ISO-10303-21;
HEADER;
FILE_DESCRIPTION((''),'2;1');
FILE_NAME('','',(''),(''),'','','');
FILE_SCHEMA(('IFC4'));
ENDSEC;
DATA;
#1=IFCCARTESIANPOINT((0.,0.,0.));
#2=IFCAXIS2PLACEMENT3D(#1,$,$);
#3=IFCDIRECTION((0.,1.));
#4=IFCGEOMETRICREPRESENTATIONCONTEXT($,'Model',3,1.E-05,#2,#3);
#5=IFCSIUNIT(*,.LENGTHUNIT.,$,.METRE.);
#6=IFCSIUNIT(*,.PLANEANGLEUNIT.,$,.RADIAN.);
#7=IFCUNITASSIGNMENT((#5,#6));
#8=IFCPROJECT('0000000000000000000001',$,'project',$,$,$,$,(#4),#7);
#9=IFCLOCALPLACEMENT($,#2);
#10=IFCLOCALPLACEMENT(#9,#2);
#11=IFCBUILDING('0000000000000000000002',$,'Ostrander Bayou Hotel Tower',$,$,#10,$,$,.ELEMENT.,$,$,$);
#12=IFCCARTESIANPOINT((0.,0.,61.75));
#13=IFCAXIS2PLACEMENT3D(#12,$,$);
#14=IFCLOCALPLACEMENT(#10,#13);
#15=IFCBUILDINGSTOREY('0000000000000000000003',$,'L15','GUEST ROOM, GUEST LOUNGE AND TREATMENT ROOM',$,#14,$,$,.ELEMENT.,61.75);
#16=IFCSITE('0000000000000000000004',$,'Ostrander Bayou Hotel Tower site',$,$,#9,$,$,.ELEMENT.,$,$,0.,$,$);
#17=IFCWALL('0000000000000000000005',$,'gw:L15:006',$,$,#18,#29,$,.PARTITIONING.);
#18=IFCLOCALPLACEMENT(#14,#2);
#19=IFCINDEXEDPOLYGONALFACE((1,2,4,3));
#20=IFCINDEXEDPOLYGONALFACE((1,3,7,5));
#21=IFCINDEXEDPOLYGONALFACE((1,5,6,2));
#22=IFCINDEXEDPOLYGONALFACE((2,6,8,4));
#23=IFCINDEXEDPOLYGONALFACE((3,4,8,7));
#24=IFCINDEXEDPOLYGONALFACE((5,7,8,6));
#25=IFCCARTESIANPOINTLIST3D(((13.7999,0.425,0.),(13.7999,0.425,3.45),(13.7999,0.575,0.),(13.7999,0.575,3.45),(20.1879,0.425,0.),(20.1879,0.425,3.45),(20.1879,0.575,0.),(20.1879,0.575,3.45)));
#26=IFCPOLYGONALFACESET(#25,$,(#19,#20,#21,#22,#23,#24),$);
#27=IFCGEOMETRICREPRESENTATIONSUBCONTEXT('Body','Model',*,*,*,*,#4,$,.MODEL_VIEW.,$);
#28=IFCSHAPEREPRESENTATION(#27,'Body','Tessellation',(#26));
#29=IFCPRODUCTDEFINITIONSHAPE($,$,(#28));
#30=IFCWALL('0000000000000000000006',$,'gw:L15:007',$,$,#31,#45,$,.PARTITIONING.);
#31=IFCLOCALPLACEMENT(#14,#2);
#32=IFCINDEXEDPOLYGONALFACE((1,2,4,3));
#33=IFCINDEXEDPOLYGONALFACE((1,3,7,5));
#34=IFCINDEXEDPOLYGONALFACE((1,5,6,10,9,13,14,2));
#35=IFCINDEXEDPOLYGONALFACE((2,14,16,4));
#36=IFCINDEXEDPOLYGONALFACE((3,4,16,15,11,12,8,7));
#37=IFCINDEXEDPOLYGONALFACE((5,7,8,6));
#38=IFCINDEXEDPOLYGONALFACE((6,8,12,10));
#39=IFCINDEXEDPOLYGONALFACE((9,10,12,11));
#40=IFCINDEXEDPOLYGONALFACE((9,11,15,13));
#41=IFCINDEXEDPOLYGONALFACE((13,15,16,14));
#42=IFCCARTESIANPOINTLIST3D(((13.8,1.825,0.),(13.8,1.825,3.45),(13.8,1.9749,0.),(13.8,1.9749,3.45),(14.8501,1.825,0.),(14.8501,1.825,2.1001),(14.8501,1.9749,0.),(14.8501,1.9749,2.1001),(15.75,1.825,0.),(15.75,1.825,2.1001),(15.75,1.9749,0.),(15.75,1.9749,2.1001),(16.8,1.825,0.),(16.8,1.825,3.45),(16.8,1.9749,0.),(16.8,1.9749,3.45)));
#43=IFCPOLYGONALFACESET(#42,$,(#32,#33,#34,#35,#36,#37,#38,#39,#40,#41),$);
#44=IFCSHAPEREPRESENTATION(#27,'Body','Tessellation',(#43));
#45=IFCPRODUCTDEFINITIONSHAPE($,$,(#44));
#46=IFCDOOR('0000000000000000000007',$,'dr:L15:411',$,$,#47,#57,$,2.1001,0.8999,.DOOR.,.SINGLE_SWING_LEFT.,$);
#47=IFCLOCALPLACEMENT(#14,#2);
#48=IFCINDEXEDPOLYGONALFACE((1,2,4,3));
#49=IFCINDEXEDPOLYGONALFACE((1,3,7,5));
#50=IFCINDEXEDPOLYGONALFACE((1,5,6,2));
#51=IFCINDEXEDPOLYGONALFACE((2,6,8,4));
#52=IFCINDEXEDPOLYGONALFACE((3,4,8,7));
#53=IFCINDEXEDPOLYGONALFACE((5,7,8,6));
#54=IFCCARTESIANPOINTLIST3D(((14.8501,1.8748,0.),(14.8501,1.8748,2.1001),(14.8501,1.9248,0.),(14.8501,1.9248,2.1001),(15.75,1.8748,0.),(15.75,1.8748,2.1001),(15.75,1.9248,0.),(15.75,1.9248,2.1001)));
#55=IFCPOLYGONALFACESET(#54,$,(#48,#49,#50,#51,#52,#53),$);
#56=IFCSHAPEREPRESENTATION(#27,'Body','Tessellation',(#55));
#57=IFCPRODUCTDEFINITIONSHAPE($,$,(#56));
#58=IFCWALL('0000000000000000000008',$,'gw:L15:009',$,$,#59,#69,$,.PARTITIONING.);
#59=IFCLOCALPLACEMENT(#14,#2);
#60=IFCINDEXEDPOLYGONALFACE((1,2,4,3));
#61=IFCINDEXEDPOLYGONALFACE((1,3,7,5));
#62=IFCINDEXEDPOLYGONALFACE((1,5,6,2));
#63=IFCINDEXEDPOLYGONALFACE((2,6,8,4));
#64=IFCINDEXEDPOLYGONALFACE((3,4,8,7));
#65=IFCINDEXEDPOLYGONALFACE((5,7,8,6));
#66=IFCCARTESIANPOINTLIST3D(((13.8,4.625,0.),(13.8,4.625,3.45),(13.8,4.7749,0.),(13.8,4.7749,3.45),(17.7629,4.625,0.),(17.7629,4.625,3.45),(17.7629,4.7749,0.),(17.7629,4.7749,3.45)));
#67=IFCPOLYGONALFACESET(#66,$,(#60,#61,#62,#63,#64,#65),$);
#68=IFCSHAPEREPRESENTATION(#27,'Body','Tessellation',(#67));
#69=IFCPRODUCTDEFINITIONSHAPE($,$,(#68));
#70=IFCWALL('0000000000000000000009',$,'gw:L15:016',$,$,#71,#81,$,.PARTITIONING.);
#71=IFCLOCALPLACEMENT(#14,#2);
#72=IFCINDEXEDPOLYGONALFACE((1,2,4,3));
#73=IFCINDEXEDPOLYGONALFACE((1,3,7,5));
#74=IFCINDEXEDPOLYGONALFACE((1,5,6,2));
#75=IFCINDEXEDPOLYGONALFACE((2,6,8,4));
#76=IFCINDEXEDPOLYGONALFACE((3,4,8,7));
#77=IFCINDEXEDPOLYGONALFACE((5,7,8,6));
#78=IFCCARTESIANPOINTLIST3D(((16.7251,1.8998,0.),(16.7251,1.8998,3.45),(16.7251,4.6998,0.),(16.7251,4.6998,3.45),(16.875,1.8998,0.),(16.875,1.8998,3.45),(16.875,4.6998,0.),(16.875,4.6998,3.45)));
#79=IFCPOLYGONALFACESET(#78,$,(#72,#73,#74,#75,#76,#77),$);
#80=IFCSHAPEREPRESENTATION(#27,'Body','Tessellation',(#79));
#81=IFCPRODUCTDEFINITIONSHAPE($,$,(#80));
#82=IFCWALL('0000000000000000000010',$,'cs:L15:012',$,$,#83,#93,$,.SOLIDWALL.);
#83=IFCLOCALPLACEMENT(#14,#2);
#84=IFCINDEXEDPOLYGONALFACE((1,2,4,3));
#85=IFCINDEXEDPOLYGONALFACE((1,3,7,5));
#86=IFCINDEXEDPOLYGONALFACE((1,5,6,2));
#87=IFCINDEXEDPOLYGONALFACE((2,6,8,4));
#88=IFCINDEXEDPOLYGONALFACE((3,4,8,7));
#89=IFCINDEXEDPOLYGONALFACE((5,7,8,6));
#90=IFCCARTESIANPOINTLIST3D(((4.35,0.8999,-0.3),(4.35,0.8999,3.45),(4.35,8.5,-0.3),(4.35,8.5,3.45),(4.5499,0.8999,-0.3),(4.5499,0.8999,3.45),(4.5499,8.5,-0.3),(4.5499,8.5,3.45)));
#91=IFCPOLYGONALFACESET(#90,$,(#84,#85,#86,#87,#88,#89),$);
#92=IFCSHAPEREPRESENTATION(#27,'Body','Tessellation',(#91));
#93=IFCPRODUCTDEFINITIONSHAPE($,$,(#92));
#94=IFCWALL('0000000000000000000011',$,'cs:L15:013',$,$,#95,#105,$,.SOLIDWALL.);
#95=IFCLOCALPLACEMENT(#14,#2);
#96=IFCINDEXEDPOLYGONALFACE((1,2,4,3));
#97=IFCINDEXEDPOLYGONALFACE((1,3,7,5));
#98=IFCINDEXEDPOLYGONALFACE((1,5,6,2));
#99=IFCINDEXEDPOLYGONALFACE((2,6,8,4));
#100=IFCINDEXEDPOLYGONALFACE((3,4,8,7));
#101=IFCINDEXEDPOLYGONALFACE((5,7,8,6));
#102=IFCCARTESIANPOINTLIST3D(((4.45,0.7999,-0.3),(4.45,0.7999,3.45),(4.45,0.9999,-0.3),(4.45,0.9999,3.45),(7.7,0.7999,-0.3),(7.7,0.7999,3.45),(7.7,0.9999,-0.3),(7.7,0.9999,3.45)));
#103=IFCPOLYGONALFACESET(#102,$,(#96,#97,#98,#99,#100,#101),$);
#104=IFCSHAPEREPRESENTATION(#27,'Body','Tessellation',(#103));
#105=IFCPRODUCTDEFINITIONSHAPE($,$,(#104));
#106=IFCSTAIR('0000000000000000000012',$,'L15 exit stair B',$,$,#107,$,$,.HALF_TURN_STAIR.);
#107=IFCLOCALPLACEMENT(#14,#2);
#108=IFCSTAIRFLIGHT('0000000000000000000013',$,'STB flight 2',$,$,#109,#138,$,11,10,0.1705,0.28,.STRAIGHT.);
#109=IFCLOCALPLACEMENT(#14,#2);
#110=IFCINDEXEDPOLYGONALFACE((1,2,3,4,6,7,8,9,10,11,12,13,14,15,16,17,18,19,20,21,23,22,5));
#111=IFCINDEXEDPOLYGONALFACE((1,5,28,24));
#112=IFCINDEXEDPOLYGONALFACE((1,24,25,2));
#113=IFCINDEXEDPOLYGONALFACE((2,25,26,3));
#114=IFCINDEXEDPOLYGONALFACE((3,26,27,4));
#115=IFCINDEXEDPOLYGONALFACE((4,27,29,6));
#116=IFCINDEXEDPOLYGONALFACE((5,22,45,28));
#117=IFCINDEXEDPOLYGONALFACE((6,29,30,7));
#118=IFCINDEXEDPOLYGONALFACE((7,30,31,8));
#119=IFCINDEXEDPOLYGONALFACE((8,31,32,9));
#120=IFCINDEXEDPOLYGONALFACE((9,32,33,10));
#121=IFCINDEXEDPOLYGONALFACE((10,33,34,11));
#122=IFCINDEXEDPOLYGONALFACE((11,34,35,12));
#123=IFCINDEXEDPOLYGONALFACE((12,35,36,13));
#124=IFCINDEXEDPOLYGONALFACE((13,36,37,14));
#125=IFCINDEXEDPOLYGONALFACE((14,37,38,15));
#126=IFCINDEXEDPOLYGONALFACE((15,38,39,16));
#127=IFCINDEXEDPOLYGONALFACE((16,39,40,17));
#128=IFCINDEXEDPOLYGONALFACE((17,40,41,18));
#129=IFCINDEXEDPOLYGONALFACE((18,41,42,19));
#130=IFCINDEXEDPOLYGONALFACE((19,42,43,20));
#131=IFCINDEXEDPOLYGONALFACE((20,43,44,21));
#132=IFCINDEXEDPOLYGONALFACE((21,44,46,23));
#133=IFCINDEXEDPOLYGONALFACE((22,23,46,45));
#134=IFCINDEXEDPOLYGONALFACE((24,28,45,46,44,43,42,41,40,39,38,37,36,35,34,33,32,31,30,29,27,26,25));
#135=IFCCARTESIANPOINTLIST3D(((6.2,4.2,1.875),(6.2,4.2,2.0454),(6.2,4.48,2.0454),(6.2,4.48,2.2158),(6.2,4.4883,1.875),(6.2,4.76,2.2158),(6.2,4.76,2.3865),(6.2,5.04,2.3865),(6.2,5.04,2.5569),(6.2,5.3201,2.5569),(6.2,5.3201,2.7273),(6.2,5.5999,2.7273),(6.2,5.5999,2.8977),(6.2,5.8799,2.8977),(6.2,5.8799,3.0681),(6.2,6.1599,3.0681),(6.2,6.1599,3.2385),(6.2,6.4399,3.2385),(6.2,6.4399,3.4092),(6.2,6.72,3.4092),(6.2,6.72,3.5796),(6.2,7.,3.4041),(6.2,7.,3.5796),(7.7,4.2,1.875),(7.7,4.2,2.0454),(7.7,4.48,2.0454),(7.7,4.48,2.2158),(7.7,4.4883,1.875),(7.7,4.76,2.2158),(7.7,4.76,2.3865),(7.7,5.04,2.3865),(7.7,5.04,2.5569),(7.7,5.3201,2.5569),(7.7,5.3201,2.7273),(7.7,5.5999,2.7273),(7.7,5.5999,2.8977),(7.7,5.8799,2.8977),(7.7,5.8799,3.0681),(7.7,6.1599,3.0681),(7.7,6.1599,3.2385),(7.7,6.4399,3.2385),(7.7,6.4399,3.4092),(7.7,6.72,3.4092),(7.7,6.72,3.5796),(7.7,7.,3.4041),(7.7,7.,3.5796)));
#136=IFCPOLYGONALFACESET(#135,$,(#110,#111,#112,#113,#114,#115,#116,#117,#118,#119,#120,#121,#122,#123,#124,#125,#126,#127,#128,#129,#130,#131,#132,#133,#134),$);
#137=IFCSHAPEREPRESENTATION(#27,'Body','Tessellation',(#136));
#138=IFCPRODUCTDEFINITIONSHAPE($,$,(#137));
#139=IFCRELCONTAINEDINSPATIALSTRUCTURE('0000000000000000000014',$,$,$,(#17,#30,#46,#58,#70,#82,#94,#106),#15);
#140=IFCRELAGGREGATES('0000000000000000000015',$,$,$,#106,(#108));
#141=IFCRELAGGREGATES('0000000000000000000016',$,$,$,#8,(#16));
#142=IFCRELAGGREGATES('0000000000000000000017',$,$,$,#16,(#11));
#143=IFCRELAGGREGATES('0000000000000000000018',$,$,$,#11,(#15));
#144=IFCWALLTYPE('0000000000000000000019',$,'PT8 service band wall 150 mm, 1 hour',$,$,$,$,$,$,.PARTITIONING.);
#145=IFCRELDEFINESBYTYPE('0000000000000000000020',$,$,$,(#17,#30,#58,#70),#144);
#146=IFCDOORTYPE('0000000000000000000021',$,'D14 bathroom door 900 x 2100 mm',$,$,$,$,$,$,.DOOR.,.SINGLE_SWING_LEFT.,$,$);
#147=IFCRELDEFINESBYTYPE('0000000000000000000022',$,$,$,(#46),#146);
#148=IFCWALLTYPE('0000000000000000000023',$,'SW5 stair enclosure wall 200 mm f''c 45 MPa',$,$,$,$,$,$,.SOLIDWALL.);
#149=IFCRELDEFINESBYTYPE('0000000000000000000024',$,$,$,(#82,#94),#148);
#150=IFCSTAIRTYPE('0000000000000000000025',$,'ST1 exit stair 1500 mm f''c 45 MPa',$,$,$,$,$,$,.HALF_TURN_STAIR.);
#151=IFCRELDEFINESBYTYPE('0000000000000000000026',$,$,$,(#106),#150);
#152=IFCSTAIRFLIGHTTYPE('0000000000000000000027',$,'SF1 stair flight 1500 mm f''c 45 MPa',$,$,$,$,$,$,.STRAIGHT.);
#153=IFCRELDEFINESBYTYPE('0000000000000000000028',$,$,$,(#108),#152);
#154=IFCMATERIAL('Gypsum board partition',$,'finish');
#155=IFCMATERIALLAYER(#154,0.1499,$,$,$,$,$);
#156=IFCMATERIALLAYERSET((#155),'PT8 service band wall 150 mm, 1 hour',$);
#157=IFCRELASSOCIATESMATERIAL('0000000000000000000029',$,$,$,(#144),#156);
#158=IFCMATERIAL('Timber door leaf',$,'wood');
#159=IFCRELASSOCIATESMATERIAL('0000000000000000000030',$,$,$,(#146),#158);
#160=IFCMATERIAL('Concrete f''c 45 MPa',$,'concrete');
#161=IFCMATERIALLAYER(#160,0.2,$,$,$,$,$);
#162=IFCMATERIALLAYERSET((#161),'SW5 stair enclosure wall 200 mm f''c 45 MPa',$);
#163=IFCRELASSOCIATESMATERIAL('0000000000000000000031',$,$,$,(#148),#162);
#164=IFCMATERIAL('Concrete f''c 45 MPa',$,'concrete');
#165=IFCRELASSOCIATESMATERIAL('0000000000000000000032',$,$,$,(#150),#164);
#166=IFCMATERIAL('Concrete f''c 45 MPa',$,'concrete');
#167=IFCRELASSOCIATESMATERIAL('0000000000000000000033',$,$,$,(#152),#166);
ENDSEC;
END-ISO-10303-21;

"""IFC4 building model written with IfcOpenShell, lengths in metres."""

from ifc_helpers import new_model, si_unit, direction, frame, frame_2d, origin, place, context, subcontext, project, spatial, polyline, rectangle, outline, extrude, material, layer, layer_set, type_object, element, fill, aggregate, save


model = new_model("IFC4")

# Units and contexts
model_context = context("Model", 3, precision=1e-05, world=origin(), true_north=direction((0.0, 1.0)))
body_context = subcontext(model_context, "Body", "Model", "MODEL_VIEW")
ifc_project = project(units=[si_unit("LENGTHUNIT", "METRE"), si_unit("PLANEANGLEUNIT", "RADIAN")], contexts=[model_context])

# Site, building, storey
site_placement = place(None, origin())
site = spatial("IfcSite", under=ifc_project, at=site_placement, Name="Ostrander Bayou Hotel Tower site", CompositionType="ELEMENT", RefElevation=0.0)
building_placement = place(site_placement, origin())
building = spatial("IfcBuilding", under=site, at=building_placement, Name="Ostrander Bayou Hotel Tower", CompositionType="ELEMENT")
storey_placement = place(building_placement, frame((0.0, 0.0, 61.75)))
storey = spatial("IfcBuildingStorey", under=building, at=storey_placement, Name="L15", Description="GUEST ROOM, GUEST LOUNGE AND TREATMENT ROOM", CompositionType="ELEMENT", Elevation=61.75)

# Wall
ifc_material_1 = material(Name="Gypsum board partition", Category="finish")
ifc_layer_1 = layer(ifc_material_1, 0.1499)
ifc_layer_set_1 = layer_set([ifc_layer_1], Name="PT8 service band wall 150 mm, 1 hour")
wall_type_1 = type_object("IfcWallType", Name="PT8 service band wall 150 mm, 1 hour", PredefinedType="PARTITIONING", material=ifc_layer_set_1)
wall_1_placement = place(storey_placement, frame((13.8, 0.5, 0.0), z_axis=(0.0, 0.0, 1.0), x_axis=(1.0, 0.0, 0.0)))
element("IfcWall", 1, at=wall_1_placement, inside=storey, type_object=wall_type_1, Name="gw:L15:006", PredefinedType="PARTITIONING", context=body_context, shape_type="SweptSolid", body=[
    extrude(rectangle(XDim=6.3879, YDim=0.1499, at=frame_2d((3.1938, 0.0))), origin(), (0.0, 0.0, 1.0), 3.45),
])

# Wall, opening, door
wall_2_placement = place(storey_placement, frame((13.8, 1.8999, 0.0), z_axis=(0.0, 0.0, 1.0), x_axis=(1.0, 0.0, 0.0)))
wall_2 = element("IfcWall", 2, at=wall_2_placement, inside=storey, type_object=wall_type_1, Name="gw:L15:007", PredefinedType="PARTITIONING", context=body_context, shape_type="SweptSolid", body=[
    extrude(rectangle(XDim=3.0, YDim=0.1499, at=frame_2d((1.5, 0.0))), origin(), (0.0, 0.0, 1.0), 3.45),
])
opening_1_placement = place(wall_2_placement, frame((1.05, 0.0, 0.0)))
opening_1 = element("IfcOpeningElement", 3, at=opening_1_placement, cuts=wall_2, PredefinedType="OPENING", context=body_context, shape_type="SweptSolid", body=[
    extrude(rectangle(XDim=0.8999, YDim=2.1001, at=frame_2d((0.45, 1.05))), frame((0.0, 0.075, 0.0), z_axis=(0.0, -1.0, 0.0), x_axis=(1.0, 0.0, 0.0)), (0.0, 0.0, 1.0), 0.1499),
])
ifc_material_2 = material(Name="Timber door leaf", Category="wood")
door_type_1 = type_object("IfcDoorType", Name="D14 bathroom door 900 x 2100 mm", OperationType="SINGLE_SWING_LEFT", PredefinedType="DOOR", material=ifc_material_2)
door_1_placement = place(opening_1_placement, origin())
door_1 = element("IfcDoor", 4, at=door_1_placement, inside=storey, type_object=door_type_1, Name="dr:L15:411", OperationType="SINGLE_SWING_LEFT", OverallHeight=2.1001, OverallWidth=0.8999, PredefinedType="DOOR", context=body_context, shape_type="SweptSolid", body=[
    extrude(rectangle(XDim=0.8999, YDim=2.1001, at=frame_2d((0.45, 1.05))), frame((0.0, 0.0249, 0.0), z_axis=(0.0, -1.0, 0.0), x_axis=(1.0, 0.0, 0.0)), (0.0, 0.0, 1.0), 0.05),
])
fill(opening_1, door_1)

# Walls
wall_3_placement = place(storey_placement, frame((13.8, 4.7, 0.0), z_axis=(0.0, 0.0, 1.0), x_axis=(1.0, 0.0, 0.0)))
element("IfcWall", 5, at=wall_3_placement, inside=storey, type_object=wall_type_1, Name="gw:L15:009", PredefinedType="PARTITIONING", context=body_context, shape_type="SweptSolid", body=[
    extrude(rectangle(XDim=3.9629, YDim=0.1499, at=frame_2d((1.9814, 0.0))), origin(), (0.0, 0.0, 1.0), 3.45),
])
wall_4_placement = place(storey_placement, frame((16.8, 1.8999, 0.0), z_axis=(0.0, 0.0, 1.0), x_axis=(0.0, 1.0, 0.0)))
element("IfcWall", 6, at=wall_4_placement, inside=storey, type_object=wall_type_1, Name="gw:L15:016", PredefinedType="PARTITIONING", context=body_context, shape_type="SweptSolid", body=[
    extrude(rectangle(XDim=2.8, YDim=0.1499, at=frame_2d((1.3999, 0.0))), origin(), (0.0, 0.0, 1.0), 3.45),
])
ifc_material_3 = material(Name="Concrete f'c 45 MPa", Category="concrete")
ifc_layer_2 = layer(ifc_material_3, 0.2)
ifc_layer_set_2 = layer_set([ifc_layer_2], Name="SW5 stair enclosure wall 200 mm f'c 45 MPa")
wall_type_2 = type_object("IfcWallType", Name="SW5 stair enclosure wall 200 mm f'c 45 MPa", PredefinedType="SOLIDWALL", material=ifc_layer_set_2)
wall_5_placement = place(storey_placement, frame((4.45, 0.8999, -0.3), z_axis=(0.0, 0.0, 1.0), x_axis=(0.0, 1.0, 0.0)))
element("IfcWall", 7, at=wall_5_placement, inside=storey, type_object=wall_type_2, Name="cs:L15:012", PredefinedType="SOLIDWALL", context=body_context, shape_type="SweptSolid", body=[
    extrude(rectangle(XDim=7.6001, YDim=0.2, at=frame_2d((3.8, 0.0))), origin(), (0.0, 0.0, 1.0), 3.75),
])
wall_6_placement = place(storey_placement, frame((4.45, 0.8999, -0.3), z_axis=(0.0, 0.0, 1.0), x_axis=(1.0, 0.0, 0.0)))
element("IfcWall", 8, at=wall_6_placement, inside=storey, type_object=wall_type_2, Name="cs:L15:013", PredefinedType="SOLIDWALL", context=body_context, shape_type="SweptSolid", body=[
    extrude(rectangle(XDim=3.25, YDim=0.2, at=frame_2d((1.625, 0.0))), origin(), (0.0, 0.0, 1.0), 3.75),
])

# Stair, stair flight
ifc_material_4 = material(Name="Concrete f'c 45 MPa", Category="concrete")
stair_type = type_object("IfcStairType", Name="ST1 exit stair 1500 mm f'c 45 MPa", PredefinedType="HALF_TURN_STAIR", material=ifc_material_4)
stair_placement = place(storey_placement, origin())
stair = element("IfcStair", 9, at=stair_placement, inside=storey, type_object=stair_type, Name="L15 exit stair B", PredefinedType="HALF_TURN_STAIR")
ifc_material_5 = material(Name="Concrete f'c 45 MPa", Category="concrete")
stair_flight_type = type_object("IfcStairFlightType", Name="SF1 stair flight 1500 mm f'c 45 MPa", PredefinedType="STRAIGHT", material=ifc_material_5)
stair_flight_placement = place(storey_placement, frame((6.95, 4.2, 1.875), z_axis=(0.0, 0.0, 1.0), x_axis=(0.0, 1.0, 0.0)))
stair_flight = element("IfcStairFlight", 10, at=stair_flight_placement, type_object=stair_flight_type, Name="STB flight 2", NumberOfRisers=11, NumberOfTreads=10, PredefinedType="STRAIGHT", RiserHeight=0.1705, TreadLength=0.28, context=body_context, shape_type="SweptSolid", body=[
    extrude(outline(polyline([(0.0, 0.0), (0.0, 0.1704), (0.28, 0.1704), (0.28, 0.3408), (0.5601, 0.3408), (0.5601, 0.5115), (0.8401, 0.5115), (0.8401, 0.6819), (1.1201, 0.6819), (1.1201, 0.8523), (1.3999, 0.8523), (1.3999, 1.0227), (1.6799, 1.0227), (1.6799, 1.1931), (1.96, 1.1931), (1.96, 1.3635), (2.24, 1.3635), (2.24, 1.5342), (2.52, 1.5342), (2.52, 1.7046), (2.8, 1.7046), (2.8, 1.875), (2.8, 1.5291), (0.2883, 0.0), (0.0, 0.0)])), frame((0.0, 0.75, 0.0), z_axis=(0.0, -1.0, 0.0), x_axis=(1.0, 0.0, 0.0)), (0.0, 0.0, 1.0), 1.5),
])
aggregate(stair, [stair_flight])

save(model, "model.ifc")
